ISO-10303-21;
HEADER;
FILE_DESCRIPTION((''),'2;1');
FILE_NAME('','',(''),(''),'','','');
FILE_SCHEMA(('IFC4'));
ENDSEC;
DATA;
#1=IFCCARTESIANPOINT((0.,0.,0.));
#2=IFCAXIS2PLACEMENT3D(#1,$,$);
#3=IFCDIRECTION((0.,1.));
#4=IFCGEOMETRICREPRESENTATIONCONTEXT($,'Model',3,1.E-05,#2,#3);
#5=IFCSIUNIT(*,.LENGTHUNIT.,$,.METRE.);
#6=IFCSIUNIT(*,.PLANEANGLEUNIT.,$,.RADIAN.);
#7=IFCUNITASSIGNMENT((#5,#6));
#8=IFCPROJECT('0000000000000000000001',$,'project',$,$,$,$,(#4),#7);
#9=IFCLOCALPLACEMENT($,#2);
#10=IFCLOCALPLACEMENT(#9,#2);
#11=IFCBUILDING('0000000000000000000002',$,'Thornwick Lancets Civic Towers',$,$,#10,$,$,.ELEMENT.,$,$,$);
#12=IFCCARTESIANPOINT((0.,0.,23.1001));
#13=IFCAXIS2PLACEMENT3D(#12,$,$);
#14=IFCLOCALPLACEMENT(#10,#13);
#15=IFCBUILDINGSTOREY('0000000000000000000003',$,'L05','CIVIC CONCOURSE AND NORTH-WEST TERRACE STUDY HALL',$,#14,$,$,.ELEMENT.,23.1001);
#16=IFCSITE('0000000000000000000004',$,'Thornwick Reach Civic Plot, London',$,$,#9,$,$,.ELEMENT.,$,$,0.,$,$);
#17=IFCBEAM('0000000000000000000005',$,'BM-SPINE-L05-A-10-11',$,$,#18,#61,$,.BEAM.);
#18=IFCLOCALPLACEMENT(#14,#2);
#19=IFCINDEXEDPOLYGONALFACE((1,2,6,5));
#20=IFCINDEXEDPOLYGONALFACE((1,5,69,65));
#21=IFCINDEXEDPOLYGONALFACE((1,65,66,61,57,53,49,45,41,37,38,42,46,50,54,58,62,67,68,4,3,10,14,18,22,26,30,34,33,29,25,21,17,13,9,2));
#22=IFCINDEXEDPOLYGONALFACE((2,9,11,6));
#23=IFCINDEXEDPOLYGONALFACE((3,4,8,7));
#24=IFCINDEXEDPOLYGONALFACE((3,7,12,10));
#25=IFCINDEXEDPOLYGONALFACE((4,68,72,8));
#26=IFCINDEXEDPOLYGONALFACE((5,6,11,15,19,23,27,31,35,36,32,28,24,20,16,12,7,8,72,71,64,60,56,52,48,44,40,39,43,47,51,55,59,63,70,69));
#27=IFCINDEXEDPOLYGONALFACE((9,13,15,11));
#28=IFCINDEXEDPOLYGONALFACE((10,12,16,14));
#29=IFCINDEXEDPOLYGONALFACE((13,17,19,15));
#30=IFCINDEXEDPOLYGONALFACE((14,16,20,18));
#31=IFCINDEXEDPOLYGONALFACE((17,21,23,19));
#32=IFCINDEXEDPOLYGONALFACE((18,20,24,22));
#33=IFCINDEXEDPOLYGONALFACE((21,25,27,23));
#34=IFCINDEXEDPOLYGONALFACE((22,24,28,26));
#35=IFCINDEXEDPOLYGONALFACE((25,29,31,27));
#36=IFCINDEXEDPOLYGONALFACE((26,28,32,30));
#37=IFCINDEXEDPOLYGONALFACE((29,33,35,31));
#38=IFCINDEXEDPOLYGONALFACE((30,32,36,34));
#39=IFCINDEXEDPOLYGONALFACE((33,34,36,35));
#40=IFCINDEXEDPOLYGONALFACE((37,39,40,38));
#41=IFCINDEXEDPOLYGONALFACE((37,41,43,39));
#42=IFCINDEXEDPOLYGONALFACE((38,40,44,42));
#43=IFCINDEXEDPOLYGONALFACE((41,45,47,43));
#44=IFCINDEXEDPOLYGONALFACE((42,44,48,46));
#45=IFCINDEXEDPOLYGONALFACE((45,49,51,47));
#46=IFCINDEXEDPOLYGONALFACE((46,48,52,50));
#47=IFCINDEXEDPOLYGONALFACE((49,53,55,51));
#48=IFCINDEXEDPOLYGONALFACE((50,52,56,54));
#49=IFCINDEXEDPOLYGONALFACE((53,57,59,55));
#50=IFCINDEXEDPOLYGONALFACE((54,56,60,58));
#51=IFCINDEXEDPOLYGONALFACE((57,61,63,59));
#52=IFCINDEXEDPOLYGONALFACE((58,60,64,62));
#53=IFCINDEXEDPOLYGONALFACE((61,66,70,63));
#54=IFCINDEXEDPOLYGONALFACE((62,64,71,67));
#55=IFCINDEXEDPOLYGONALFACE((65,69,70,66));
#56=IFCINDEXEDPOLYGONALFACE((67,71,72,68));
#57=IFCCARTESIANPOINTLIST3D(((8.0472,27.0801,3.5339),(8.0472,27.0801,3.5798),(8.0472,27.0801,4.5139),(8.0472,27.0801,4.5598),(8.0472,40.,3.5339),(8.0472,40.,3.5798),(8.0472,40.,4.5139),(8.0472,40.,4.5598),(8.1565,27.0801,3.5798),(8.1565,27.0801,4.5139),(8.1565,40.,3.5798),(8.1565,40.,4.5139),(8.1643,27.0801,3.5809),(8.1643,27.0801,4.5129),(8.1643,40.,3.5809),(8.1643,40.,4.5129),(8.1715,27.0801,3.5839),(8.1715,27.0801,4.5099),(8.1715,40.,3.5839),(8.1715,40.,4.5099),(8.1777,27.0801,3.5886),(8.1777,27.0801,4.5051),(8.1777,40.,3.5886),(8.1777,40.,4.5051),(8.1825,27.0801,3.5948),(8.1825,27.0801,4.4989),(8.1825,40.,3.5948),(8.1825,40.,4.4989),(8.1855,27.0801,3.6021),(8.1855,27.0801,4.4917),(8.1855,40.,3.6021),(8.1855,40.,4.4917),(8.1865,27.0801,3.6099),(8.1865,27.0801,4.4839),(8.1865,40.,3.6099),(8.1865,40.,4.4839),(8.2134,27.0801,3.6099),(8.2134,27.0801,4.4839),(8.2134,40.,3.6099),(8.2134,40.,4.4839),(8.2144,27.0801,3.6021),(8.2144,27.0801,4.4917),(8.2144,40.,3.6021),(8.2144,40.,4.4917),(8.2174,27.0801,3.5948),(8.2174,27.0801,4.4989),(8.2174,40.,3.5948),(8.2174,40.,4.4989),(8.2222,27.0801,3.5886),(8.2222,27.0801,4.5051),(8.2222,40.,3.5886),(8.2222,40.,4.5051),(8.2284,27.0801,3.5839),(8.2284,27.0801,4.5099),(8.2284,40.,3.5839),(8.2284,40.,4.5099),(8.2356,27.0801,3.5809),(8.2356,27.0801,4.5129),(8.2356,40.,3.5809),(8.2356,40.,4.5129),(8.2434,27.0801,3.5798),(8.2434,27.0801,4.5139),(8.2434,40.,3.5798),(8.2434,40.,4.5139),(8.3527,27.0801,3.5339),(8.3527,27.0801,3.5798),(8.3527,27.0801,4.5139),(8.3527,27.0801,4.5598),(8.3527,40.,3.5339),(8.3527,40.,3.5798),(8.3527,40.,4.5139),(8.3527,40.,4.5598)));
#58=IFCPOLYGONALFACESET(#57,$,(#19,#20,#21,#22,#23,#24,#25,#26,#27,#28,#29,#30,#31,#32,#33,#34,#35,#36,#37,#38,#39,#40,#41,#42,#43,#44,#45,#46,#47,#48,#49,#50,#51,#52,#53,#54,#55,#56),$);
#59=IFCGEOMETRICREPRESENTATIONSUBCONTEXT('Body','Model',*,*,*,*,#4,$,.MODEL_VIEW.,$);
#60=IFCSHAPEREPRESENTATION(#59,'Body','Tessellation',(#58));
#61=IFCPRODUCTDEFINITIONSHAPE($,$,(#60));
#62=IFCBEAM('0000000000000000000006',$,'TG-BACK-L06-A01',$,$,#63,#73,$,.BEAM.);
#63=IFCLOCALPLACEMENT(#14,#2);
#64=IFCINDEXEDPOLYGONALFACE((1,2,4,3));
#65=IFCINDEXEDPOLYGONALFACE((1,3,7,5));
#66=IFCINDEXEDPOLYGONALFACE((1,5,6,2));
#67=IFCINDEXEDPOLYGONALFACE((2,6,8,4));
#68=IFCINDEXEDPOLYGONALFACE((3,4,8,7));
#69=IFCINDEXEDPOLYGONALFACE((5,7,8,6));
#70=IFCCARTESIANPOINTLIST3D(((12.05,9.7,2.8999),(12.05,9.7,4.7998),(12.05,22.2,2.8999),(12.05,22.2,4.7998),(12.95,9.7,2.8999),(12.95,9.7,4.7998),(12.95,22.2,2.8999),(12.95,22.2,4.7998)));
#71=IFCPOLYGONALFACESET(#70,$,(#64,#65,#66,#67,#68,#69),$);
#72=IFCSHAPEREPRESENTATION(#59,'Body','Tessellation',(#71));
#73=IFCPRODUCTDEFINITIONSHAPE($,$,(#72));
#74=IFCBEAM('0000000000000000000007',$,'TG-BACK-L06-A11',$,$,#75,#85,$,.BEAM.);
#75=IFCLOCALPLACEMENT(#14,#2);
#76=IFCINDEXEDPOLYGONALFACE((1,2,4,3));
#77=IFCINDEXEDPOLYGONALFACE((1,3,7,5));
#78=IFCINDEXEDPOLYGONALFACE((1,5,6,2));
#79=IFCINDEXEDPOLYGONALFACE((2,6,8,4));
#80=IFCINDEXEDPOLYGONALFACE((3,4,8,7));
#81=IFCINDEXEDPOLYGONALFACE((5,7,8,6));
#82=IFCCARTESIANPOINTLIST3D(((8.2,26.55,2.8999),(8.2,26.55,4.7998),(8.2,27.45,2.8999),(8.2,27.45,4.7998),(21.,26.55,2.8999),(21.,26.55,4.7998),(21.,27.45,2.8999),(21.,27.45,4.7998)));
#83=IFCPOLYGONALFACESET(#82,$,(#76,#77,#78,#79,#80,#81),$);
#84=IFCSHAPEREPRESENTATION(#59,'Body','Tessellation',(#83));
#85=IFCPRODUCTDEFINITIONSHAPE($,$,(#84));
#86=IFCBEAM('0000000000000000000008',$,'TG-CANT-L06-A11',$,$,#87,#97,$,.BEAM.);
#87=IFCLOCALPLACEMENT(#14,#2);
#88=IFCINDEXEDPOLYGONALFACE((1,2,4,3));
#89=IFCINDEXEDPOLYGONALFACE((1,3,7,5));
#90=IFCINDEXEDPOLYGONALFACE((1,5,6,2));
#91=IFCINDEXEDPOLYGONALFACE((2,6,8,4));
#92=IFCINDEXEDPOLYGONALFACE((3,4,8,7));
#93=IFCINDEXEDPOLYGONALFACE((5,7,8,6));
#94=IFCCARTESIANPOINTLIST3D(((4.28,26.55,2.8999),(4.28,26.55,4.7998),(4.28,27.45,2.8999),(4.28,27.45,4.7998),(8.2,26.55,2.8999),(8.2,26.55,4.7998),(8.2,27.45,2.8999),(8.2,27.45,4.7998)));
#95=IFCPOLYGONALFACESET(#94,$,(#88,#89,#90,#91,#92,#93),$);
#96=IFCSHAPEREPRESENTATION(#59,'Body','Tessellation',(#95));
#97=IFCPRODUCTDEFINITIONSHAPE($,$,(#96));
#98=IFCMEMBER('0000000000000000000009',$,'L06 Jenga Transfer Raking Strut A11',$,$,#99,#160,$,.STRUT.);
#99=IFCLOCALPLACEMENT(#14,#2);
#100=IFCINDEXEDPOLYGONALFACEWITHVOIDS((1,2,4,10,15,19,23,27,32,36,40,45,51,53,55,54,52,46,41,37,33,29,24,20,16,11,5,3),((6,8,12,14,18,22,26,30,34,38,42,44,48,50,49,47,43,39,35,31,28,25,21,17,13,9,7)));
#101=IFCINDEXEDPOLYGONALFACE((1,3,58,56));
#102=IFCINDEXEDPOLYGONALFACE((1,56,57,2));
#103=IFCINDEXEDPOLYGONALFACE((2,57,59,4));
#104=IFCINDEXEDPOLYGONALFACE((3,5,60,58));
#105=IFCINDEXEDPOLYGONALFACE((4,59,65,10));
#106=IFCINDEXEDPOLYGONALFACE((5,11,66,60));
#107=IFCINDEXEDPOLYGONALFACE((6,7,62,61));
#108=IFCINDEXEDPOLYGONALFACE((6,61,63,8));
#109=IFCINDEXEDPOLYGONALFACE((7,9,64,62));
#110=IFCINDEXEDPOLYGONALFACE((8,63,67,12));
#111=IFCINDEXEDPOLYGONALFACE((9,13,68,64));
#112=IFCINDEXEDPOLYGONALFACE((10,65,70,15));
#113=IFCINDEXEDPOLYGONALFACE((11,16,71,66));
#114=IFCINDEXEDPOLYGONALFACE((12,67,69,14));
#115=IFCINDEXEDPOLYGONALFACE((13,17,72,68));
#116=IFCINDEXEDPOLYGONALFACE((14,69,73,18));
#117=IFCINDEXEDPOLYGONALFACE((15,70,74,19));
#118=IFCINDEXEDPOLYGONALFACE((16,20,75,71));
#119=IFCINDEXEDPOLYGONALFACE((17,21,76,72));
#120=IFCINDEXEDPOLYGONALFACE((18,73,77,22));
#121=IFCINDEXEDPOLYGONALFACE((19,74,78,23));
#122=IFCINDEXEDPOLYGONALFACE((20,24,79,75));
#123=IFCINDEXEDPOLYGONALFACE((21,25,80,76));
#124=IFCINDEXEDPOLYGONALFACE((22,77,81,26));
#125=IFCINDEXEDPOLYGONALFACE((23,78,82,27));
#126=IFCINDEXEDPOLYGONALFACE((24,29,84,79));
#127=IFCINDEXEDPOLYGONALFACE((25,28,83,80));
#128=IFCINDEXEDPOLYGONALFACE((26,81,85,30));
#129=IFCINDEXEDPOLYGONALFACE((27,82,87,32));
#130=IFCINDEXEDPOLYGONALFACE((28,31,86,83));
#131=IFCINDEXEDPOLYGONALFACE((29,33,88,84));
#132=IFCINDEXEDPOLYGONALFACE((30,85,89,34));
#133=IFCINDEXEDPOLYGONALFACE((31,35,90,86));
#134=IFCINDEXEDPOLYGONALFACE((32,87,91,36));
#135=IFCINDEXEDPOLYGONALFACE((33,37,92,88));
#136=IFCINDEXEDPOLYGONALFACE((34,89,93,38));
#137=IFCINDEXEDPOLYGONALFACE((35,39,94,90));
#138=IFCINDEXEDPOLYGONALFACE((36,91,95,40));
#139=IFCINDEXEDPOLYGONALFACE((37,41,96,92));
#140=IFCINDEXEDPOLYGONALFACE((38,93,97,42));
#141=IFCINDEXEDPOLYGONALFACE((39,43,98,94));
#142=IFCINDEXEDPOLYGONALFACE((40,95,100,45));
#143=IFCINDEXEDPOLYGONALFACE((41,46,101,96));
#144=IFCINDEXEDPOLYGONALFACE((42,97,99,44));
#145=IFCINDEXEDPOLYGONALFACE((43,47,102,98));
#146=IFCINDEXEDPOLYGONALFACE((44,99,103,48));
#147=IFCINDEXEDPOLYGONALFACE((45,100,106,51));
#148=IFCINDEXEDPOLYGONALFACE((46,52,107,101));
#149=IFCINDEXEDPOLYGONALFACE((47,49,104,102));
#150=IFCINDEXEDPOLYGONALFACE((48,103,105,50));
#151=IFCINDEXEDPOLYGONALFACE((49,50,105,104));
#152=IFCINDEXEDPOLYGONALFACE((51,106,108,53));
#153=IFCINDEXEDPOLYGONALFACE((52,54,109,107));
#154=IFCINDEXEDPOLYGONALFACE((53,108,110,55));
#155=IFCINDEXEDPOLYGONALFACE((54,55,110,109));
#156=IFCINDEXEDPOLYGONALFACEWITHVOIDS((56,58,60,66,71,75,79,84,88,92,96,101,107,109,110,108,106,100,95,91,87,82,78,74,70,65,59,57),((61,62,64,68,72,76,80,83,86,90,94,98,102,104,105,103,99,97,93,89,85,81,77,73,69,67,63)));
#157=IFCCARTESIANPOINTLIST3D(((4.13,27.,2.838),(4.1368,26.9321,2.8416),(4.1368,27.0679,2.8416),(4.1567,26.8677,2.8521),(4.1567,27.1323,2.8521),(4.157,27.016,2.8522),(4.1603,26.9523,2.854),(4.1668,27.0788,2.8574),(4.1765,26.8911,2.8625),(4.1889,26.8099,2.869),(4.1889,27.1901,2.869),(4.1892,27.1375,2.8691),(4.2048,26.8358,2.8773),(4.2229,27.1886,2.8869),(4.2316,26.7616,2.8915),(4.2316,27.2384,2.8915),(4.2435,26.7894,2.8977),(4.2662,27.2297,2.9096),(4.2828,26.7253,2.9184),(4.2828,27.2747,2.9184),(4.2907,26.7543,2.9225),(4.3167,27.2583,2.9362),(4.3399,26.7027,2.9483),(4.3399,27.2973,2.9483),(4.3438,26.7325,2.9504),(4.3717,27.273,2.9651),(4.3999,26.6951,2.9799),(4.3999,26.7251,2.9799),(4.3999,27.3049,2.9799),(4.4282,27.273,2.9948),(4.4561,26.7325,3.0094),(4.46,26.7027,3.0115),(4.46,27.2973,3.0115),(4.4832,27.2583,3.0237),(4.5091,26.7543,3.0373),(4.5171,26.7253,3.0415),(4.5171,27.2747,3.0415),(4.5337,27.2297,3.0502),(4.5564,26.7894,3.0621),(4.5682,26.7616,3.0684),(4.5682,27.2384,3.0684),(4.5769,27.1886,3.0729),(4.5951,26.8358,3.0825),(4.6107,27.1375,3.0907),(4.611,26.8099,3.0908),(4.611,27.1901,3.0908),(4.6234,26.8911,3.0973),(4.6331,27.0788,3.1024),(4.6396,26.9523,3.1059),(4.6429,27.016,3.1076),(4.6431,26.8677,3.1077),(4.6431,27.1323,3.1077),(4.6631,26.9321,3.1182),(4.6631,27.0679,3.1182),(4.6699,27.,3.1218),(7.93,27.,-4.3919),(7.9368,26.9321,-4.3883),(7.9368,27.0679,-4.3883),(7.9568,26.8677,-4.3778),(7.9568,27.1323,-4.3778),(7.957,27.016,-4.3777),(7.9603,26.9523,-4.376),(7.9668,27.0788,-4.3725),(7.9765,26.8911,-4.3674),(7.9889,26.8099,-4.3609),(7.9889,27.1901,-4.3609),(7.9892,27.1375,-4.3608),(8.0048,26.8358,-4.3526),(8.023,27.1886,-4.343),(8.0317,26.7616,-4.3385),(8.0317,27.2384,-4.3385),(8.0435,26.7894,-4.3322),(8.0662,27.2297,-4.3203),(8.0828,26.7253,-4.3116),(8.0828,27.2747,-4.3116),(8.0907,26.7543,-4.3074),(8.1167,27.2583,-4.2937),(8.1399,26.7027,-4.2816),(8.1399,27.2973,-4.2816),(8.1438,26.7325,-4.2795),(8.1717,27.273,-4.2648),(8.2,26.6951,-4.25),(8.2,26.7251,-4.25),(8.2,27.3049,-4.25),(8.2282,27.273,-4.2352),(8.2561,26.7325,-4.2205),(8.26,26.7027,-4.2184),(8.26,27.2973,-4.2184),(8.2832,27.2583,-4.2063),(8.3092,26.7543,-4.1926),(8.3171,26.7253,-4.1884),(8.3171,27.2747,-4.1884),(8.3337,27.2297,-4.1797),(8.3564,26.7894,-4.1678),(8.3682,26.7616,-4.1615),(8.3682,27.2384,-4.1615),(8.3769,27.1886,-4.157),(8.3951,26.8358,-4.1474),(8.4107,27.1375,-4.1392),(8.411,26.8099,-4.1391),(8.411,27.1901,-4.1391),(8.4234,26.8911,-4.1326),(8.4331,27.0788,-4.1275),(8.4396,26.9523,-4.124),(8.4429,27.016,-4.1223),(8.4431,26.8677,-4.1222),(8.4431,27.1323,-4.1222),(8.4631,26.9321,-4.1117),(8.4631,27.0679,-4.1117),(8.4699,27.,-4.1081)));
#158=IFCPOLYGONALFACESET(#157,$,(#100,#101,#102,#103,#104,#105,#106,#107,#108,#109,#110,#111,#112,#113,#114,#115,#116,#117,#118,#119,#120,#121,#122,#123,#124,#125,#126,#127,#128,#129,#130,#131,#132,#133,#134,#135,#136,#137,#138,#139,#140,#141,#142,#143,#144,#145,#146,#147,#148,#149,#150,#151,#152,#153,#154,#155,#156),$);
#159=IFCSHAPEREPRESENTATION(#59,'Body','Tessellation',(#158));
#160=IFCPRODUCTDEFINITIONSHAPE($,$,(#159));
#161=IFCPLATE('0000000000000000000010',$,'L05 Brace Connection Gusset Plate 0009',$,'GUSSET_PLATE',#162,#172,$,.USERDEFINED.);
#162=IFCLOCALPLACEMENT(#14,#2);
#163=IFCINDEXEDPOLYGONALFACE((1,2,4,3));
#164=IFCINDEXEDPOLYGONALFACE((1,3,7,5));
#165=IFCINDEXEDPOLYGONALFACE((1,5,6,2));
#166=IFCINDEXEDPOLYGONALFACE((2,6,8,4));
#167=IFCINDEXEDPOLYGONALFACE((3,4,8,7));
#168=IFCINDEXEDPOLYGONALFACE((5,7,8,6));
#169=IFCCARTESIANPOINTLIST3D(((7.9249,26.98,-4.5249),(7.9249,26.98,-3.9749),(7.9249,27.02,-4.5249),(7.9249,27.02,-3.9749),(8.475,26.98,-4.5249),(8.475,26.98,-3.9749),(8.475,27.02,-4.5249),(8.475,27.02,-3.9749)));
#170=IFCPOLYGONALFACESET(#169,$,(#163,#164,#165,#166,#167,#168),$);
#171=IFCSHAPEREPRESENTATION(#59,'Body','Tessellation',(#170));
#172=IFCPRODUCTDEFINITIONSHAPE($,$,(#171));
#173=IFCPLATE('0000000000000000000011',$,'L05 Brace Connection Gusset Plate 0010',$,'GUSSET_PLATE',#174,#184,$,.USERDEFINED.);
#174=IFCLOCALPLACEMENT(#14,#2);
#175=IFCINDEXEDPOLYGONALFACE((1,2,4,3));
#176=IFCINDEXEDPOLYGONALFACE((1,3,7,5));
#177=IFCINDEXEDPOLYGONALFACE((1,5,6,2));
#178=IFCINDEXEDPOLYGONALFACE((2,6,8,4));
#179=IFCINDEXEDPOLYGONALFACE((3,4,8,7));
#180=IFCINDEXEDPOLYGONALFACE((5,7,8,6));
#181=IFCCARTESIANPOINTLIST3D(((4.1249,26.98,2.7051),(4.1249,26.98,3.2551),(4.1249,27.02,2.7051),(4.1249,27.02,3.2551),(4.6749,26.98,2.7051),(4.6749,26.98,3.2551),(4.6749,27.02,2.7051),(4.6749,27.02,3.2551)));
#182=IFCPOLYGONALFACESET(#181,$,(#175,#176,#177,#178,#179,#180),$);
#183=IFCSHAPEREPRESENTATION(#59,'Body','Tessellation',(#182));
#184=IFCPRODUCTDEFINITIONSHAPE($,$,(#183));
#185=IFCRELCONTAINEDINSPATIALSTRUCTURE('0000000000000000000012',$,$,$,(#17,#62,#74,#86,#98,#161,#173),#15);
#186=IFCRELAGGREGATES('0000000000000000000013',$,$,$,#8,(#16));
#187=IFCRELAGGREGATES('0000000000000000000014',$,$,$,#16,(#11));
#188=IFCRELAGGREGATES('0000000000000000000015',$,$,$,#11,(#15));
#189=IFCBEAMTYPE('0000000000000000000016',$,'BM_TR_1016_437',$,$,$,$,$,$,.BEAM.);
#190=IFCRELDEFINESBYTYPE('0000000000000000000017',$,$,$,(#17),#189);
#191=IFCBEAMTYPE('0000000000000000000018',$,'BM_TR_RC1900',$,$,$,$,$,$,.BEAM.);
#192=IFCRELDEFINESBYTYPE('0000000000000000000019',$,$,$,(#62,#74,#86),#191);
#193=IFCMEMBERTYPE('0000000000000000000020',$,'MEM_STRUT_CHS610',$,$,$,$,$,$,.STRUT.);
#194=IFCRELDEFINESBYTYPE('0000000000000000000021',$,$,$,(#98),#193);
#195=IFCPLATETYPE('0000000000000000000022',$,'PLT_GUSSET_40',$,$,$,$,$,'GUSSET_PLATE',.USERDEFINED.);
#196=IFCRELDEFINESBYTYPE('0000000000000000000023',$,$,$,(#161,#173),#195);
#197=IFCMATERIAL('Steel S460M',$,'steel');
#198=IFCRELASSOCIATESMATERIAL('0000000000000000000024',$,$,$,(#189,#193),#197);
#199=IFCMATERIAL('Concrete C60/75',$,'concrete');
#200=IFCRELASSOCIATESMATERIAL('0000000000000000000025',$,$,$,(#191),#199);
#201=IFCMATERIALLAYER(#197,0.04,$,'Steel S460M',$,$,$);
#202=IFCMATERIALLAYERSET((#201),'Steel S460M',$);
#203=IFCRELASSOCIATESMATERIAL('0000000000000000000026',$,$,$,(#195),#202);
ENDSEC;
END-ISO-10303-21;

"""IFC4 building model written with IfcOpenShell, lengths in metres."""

from ifc_helpers import new_model, si_unit, direction, frame, origin, origin_2d, place, context, subcontext, project, spatial, rectangle, hollow_circle, i_section, extrude, material, layer, layer_set, material_profile, profile_set, type_object, element, save


model = new_model("IFC4")

# Units and contexts
model_context = context("Model", 3, precision=1e-05, world=origin(), true_north=direction((0.0, 1.0)))
body_context = subcontext(model_context, "Body", "Model", "MODEL_VIEW")
ifc_project = project(units=[si_unit("LENGTHUNIT", "METRE"), si_unit("PLANEANGLEUNIT", "RADIAN")], contexts=[model_context])

# Site, building, storey
site_placement = place(None, origin())
site = spatial("IfcSite", under=ifc_project, at=site_placement, Name="Thornwick Reach Civic Plot, London", CompositionType="ELEMENT", RefElevation=0.0)
building_placement = place(site_placement, origin())
building = spatial("IfcBuilding", under=site, at=building_placement, Name="Thornwick Lancets Civic Towers", CompositionType="ELEMENT")
storey_placement = place(building_placement, frame((0.0, 0.0, 23.1001)))
storey = spatial("IfcBuildingStorey", under=building, at=storey_placement, Name="L05", Description="CIVIC CONCOURSE AND NORTH-WEST TERRACE STUDY HALL", CompositionType="ELEMENT", Elevation=23.1001)

# Shared definitions
ifc_material_1 = material(Name="Concrete C60/75", Category="concrete")

# Beams
ifc_material_2 = material(Name="Steel S460M", Category="steel")
ifc_material_profile_1 = material_profile(ifc_material_2, i_section(OverallWidth=0.3054, OverallDepth=1.0259, WebThickness=0.0269, FlangeThickness=0.0459, FilletRadius=0.03, at=origin_2d()), Name="UKB 1016x305x437")
ifc_profile_set_1 = profile_set([ifc_material_profile_1], Name="Steel S460M")
beam_type_1 = type_object("IfcBeamType", Name="BM_TR_1016_437", PredefinedType="BEAM", material=ifc_profile_set_1)
beam_1_placement = place(storey_placement, frame((8.2, 27.0801, 4.0469), z_axis=(0.0, 1.0, 0.0), x_axis=(-1.0, 0.0, 0.0)))
element("IfcBeam", 1, at=beam_1_placement, inside=storey, type_object=beam_type_1, Name="BM-SPINE-L05-A-10-11", PredefinedType="BEAM", context=body_context, shape_type="SweptSolid", body=[
    extrude(i_section(OverallWidth=0.3054, OverallDepth=1.0259, WebThickness=0.0269, FlangeThickness=0.0459, FilletRadius=0.03, at=origin_2d()), origin(), (0.0, 0.0, 1.0), 12.9199),
])
ifc_material_profile_2 = material_profile(ifc_material_1, rectangle(XDim=0.8999, YDim=1.8999, at=origin_2d()), Name="RC 900x1900")
ifc_profile_set_2 = profile_set([ifc_material_profile_2], Name="Concrete C60/75")
beam_type_2 = type_object("IfcBeamType", Name="BM_TR_RC1900", PredefinedType="BEAM", material=ifc_profile_set_2)
beam_2_placement = place(storey_placement, frame((12.5, 22.2, 3.8499), z_axis=(0.0, -1.0, 0.0), x_axis=(1.0, 0.0, 0.0)))
element("IfcBeam", 2, at=beam_2_placement, inside=storey, type_object=beam_type_2, Name="TG-BACK-L06-A01", PredefinedType="BEAM", context=body_context, shape_type="SweptSolid", body=[
    extrude(rectangle(XDim=0.8999, YDim=1.8999, at=origin_2d()), origin(), (0.0, 0.0, 1.0), 12.5),
])
beam_3_placement = place(storey_placement, frame((21.0, 27.0, 3.8499), z_axis=(-1.0, 0.0, 0.0), x_axis=(0.0, -1.0, 0.0)))
element("IfcBeam", 3, at=beam_3_placement, inside=storey, type_object=beam_type_2, Name="TG-BACK-L06-A11", PredefinedType="BEAM", context=body_context, shape_type="SweptSolid", body=[
    extrude(rectangle(XDim=0.8999, YDim=1.8999, at=origin_2d()), origin(), (0.0, 0.0, 1.0), 12.8),
])
beam_4_placement = place(storey_placement, frame((8.2, 27.0, 3.8499), z_axis=(-1.0, 0.0, 0.0), x_axis=(0.0, -1.0, 0.0)))
element("IfcBeam", 4, at=beam_4_placement, inside=storey, type_object=beam_type_2, Name="TG-CANT-L06-A11", PredefinedType="BEAM", context=body_context, shape_type="SweptSolid", body=[
    extrude(rectangle(XDim=0.8999, YDim=1.8999, at=origin_2d()), origin(), (0.0, 0.0, 1.0), 3.9199),
])

# Member
ifc_material_profile_3 = material_profile(ifc_material_2, hollow_circle(Radius=0.3049, WallThickness=0.03, at=origin_2d()), Name="CHS 610x30")
ifc_profile_set_3 = profile_set([ifc_material_profile_3], Name="Steel S460M")
member_type = type_object("IfcMemberType", Name="MEM_STRUT_CHS610", PredefinedType="STRUT", material=ifc_profile_set_3)
member_placement = place(storey_placement, frame((8.2, 27.0, -4.25), z_axis=(-0.465247, 0.0, 0.885181), x_axis=(0.0, -1.0, 0.0)))
element("IfcMember", 5, at=member_placement, inside=storey, type_object=member_type, Name="L06 Jenga Transfer Raking Strut A11", PredefinedType="STRUT", context=body_context, shape_type="SweptSolid", body=[
    extrude(hollow_circle(Radius=0.3049, WallThickness=0.03, at=origin_2d()), origin(), (0.0, 0.0, 1.0), 8.1677),
])

# Plates
ifc_layer_1 = layer(ifc_material_2, 0.04, Name="Steel S460M")
ifc_layer_set_1 = layer_set([ifc_layer_1], Name="Steel S460M")
plate_type = type_object("IfcPlateType", Name="PLT_GUSSET_40", ElementType="GUSSET_PLATE", PredefinedType="USERDEFINED", material=ifc_layer_set_1)
for number, where, z_axis, x_axis, name in (
    (6, (8.2, 27.0, -4.5249), (0.0, 0.0, 1.0), (-1.0, 0.0, 0.0), "L05 Brace Connection Gusset Plate 0009"),
    (7, (4.3999, 27.0, 2.7051), (0.0, 0.0, 1.0), (-1.0, 0.0, 0.0), "L05 Brace Connection Gusset Plate 0010"),
):
    element("IfcPlate", number, at=place(storey_placement, frame(where, z_axis=z_axis, x_axis=x_axis)), inside=storey, type_object=plate_type, Name=name, ObjectType="GUSSET_PLATE", PredefinedType="USERDEFINED", context=body_context, shape_type="SweptSolid", body=[
        extrude(rectangle(XDim=0.55, YDim=0.04, at=origin_2d()), origin(), (0.0, 0.0, 1.0), 0.55),
    ])

save(model, "model.ifc")
